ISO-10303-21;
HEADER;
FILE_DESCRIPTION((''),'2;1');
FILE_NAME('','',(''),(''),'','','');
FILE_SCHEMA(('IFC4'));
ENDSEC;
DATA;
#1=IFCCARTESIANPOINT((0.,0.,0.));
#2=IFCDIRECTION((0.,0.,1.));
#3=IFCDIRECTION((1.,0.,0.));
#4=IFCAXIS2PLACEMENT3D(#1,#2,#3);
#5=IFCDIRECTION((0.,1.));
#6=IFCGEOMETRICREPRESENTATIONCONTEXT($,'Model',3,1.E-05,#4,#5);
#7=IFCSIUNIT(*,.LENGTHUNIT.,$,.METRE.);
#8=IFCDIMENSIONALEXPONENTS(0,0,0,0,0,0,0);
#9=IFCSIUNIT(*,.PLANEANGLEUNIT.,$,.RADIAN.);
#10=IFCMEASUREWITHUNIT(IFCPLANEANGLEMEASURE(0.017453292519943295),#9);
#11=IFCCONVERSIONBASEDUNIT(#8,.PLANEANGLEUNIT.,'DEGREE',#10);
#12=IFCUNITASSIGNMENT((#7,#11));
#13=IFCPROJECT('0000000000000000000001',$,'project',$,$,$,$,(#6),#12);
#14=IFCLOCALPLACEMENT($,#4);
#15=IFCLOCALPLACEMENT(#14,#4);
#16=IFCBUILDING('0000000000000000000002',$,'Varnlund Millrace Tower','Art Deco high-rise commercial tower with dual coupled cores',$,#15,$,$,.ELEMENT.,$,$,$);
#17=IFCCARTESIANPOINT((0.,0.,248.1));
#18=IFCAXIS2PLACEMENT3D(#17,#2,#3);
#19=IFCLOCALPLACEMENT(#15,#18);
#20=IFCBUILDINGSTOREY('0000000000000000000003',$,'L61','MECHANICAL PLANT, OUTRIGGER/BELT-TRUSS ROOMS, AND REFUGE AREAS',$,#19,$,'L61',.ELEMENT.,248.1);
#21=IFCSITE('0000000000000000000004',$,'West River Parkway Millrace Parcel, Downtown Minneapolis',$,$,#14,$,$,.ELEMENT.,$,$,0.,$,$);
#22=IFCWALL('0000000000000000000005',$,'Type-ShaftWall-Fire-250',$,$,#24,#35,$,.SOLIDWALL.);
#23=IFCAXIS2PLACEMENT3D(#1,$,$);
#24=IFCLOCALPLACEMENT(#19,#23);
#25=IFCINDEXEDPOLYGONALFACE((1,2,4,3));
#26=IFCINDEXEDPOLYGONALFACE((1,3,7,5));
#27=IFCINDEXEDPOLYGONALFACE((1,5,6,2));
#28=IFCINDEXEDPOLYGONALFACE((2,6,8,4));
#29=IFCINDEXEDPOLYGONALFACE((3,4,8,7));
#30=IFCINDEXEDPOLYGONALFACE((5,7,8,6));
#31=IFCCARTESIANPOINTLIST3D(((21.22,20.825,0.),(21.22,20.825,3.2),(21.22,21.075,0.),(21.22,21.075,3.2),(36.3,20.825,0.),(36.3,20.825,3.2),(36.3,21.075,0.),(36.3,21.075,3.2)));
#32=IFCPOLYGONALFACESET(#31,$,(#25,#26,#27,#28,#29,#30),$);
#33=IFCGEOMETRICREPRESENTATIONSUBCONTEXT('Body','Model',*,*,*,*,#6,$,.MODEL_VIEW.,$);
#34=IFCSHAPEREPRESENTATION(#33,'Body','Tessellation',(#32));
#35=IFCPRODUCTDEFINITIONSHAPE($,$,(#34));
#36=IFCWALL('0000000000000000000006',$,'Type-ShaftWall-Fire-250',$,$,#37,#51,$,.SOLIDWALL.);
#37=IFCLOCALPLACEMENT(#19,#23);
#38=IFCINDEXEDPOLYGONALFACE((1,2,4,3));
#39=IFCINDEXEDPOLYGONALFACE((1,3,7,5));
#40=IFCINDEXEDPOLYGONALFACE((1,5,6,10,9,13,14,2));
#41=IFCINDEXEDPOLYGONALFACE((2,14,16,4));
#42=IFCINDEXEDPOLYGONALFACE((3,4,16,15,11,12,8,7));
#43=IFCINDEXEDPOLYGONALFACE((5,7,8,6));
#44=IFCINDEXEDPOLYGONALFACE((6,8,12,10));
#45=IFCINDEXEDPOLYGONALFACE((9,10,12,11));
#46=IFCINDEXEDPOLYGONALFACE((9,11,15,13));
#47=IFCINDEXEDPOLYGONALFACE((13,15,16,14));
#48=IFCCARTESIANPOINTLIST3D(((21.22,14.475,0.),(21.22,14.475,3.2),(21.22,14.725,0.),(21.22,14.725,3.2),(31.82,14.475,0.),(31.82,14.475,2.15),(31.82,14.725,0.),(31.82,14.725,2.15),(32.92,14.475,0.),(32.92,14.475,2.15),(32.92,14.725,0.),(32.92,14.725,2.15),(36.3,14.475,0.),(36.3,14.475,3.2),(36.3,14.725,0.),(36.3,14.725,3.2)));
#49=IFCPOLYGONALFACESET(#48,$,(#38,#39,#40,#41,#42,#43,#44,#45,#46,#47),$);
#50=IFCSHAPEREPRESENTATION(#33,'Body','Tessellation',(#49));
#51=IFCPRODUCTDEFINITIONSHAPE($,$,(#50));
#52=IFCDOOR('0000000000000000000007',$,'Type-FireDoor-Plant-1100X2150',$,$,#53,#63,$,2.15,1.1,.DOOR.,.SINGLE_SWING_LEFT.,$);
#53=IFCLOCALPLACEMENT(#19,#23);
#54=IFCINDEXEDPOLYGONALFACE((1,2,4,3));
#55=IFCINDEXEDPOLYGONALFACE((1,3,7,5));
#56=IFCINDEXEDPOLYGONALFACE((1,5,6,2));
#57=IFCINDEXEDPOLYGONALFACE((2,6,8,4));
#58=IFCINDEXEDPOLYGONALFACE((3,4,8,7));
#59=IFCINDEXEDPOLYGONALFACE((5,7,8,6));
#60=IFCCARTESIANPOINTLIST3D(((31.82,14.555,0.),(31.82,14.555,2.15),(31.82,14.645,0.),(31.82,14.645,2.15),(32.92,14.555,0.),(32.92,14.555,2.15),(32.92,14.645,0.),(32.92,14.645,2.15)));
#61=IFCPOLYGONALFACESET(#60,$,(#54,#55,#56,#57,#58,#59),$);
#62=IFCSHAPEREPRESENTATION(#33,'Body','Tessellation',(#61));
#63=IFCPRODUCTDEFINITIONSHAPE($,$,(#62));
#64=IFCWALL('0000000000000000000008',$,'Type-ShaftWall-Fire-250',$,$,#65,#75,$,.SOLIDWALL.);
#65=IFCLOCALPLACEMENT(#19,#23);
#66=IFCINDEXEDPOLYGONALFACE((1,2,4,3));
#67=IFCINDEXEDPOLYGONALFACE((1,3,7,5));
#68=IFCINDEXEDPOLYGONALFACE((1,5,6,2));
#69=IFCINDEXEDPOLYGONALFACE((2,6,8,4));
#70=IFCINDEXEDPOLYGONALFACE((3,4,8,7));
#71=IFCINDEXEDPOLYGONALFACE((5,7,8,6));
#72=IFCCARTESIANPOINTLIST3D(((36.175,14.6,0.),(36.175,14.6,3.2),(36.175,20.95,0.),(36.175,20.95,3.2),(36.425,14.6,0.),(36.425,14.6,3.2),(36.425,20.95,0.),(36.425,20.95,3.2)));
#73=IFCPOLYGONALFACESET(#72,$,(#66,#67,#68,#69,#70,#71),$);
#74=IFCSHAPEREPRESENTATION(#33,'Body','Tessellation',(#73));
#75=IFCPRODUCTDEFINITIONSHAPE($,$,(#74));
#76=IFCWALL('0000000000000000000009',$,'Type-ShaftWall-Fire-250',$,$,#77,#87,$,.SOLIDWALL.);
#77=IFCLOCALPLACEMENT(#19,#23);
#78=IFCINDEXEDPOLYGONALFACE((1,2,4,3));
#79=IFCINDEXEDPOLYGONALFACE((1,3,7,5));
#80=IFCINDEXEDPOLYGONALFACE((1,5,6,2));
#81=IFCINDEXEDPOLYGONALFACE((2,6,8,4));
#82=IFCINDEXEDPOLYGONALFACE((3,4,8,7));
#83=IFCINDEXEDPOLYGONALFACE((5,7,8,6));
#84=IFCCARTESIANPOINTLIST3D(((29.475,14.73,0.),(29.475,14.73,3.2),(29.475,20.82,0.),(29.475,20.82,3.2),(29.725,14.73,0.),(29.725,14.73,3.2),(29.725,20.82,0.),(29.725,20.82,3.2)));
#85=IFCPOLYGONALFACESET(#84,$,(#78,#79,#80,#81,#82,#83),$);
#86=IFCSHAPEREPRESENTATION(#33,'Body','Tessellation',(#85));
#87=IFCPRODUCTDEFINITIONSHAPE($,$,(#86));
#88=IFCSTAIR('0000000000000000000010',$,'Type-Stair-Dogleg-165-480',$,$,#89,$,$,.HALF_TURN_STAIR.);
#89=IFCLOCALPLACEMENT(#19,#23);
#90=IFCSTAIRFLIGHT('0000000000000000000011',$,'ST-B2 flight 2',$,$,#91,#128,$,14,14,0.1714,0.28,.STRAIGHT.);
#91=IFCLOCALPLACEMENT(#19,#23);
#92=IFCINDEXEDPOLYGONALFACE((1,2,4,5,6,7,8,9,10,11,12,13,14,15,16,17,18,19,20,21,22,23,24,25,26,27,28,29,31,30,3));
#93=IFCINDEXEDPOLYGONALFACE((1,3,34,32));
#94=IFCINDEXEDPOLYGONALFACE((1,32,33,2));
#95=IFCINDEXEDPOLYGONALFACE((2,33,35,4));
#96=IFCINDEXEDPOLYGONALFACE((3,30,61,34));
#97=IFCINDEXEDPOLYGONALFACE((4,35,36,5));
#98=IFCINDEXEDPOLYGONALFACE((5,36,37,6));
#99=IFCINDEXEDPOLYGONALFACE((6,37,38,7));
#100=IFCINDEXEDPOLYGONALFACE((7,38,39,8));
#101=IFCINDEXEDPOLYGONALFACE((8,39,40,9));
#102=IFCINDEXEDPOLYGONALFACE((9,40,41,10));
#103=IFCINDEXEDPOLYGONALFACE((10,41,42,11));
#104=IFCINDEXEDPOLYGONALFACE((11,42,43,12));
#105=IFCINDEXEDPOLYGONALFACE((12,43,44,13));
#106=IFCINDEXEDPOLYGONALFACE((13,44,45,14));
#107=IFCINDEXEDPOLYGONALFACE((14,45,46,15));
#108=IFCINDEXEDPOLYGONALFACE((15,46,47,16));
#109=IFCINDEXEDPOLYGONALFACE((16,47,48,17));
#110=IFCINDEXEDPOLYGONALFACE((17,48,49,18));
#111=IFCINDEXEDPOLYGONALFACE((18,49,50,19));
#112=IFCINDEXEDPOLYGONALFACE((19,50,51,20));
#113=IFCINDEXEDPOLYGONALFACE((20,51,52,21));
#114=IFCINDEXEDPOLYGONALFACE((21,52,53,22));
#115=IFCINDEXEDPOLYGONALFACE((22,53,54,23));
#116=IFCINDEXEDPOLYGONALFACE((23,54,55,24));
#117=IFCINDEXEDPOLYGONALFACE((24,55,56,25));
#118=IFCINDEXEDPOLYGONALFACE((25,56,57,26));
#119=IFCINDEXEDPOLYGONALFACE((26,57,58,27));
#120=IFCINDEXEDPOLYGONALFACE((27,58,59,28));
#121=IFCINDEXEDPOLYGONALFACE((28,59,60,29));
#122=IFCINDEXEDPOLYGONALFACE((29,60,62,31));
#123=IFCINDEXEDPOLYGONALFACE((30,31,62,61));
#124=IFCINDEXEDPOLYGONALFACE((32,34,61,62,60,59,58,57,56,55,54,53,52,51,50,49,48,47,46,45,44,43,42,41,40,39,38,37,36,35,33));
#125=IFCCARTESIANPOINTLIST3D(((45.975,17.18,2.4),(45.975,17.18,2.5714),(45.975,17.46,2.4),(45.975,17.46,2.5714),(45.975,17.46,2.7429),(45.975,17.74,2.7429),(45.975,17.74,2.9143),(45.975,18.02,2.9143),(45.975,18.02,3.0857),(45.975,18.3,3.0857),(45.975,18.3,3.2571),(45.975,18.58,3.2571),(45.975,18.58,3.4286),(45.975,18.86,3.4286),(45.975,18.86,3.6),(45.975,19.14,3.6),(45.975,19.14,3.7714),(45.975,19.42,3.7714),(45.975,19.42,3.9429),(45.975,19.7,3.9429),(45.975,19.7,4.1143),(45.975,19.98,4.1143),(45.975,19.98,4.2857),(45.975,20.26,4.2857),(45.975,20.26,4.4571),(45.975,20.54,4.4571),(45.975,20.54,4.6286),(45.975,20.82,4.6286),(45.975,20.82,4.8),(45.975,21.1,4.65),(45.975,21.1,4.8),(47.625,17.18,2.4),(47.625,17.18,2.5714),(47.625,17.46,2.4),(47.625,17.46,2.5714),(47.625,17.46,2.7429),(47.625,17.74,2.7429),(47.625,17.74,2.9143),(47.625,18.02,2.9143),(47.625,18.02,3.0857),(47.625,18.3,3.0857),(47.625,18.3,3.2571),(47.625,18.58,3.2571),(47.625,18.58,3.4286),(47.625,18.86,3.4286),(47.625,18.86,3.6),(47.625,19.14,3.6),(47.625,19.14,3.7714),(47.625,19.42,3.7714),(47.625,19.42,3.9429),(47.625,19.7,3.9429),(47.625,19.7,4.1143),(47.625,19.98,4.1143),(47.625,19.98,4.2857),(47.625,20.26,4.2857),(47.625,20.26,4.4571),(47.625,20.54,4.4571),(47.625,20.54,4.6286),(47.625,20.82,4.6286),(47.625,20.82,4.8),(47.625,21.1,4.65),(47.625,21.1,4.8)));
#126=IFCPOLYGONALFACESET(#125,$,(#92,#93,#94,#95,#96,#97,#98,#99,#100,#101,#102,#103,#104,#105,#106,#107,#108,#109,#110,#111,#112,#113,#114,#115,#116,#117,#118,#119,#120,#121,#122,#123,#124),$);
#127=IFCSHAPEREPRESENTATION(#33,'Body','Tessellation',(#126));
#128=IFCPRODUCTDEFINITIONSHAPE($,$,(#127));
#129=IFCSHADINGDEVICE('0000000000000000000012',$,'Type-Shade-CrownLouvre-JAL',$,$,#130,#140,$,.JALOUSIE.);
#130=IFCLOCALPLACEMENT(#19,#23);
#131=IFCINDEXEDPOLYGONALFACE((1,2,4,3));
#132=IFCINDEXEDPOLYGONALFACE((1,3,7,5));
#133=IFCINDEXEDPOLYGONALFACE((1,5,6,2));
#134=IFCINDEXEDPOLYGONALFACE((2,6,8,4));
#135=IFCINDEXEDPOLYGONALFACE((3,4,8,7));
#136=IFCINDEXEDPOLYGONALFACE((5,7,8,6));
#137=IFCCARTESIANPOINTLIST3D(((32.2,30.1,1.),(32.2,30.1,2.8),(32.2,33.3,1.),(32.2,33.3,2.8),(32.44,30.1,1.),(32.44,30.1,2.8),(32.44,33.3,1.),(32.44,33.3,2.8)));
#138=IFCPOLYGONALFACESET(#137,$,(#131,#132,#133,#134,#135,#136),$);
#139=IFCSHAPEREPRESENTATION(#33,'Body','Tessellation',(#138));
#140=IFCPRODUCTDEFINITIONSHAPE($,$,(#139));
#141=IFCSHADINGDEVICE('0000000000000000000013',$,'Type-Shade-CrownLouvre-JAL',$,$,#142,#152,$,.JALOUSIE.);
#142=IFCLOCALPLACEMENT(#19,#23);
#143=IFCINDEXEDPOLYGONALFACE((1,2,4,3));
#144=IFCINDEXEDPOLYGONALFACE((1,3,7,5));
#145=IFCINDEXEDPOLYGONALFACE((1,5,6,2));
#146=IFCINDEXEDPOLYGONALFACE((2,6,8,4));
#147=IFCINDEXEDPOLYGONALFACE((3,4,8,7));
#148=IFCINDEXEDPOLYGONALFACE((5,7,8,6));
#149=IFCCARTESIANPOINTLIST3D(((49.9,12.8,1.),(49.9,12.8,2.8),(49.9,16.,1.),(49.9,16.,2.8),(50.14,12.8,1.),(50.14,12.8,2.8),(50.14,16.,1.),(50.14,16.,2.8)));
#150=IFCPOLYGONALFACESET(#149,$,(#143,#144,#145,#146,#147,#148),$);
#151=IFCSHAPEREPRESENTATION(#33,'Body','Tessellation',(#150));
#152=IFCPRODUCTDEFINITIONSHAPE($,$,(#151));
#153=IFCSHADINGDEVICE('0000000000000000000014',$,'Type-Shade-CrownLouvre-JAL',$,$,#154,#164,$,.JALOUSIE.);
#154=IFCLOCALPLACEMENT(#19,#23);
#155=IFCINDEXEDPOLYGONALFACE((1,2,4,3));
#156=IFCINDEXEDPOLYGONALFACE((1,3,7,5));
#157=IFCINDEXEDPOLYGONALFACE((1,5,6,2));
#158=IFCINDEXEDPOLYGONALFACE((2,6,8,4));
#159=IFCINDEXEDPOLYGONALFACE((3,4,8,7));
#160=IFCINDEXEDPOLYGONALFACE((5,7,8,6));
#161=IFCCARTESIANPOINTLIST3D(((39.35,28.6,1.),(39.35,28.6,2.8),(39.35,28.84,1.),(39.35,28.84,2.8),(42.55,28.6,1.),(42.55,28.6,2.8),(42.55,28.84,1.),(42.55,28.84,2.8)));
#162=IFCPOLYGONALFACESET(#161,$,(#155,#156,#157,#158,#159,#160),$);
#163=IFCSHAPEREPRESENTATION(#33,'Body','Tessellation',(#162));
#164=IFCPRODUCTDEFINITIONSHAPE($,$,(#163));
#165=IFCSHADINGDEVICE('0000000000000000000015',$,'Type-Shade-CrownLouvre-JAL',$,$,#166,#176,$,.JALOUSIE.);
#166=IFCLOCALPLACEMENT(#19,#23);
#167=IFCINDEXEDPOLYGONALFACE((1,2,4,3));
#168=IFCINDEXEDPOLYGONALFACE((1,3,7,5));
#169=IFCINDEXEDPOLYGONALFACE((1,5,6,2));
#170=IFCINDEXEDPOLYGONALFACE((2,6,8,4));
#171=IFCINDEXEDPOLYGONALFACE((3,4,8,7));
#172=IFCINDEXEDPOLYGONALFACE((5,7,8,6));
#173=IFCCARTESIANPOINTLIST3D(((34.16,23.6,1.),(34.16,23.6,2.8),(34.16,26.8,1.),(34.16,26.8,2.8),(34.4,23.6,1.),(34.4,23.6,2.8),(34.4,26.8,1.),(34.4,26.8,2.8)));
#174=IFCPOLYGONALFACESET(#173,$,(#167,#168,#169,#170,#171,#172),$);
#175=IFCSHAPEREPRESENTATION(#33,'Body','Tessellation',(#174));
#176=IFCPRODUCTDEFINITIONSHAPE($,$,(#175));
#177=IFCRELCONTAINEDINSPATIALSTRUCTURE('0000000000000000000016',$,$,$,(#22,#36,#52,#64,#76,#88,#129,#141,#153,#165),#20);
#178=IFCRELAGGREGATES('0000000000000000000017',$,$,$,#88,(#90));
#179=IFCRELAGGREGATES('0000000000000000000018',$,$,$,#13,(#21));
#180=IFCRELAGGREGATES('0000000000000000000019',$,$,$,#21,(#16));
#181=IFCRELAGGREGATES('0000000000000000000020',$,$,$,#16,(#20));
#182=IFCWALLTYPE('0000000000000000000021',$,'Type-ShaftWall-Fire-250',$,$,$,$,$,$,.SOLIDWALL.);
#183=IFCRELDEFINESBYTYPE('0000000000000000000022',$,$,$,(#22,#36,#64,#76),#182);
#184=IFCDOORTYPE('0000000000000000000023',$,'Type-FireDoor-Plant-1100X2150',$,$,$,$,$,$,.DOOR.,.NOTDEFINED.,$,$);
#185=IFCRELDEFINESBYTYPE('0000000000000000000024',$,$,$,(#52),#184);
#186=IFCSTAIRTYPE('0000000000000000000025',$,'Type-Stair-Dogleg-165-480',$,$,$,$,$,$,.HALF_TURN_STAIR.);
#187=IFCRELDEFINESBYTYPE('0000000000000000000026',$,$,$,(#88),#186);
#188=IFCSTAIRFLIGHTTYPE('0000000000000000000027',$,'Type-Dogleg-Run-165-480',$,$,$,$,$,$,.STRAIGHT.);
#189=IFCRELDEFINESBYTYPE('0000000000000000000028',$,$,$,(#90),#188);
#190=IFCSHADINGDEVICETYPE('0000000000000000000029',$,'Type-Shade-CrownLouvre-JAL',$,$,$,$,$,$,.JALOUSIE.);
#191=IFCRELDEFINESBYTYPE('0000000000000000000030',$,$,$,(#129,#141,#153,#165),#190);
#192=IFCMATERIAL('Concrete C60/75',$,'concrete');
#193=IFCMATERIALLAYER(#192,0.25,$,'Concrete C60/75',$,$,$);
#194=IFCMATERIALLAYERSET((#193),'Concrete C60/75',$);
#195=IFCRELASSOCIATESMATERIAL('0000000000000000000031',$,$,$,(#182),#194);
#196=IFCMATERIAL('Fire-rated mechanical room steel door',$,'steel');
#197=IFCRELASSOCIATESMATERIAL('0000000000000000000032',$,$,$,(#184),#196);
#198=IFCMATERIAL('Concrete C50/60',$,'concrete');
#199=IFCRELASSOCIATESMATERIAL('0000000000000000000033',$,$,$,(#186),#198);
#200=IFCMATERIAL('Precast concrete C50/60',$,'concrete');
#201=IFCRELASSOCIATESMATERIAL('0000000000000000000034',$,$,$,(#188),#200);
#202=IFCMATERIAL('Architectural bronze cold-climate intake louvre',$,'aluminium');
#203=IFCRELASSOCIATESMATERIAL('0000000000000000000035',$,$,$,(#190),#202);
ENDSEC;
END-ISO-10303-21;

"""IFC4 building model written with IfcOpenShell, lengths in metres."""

from ifc_helpers import new_model, entity, si_unit, converted_unit, direction, frame, origin_with_axes, origin_2d_with_axis, place, context, subcontext, project, spatial, polyline, rectangle, outline, extrude, material, layer, layer_set, type_object, element, fill, aggregate, save


model = new_model("IFC4")

# Units and contexts
model_context = context("Model", 3, precision=1e-05, world=origin_with_axes(), true_north=direction((0.0, 1.0)))
body_context = subcontext(model_context, "Body", "Model", "MODEL_VIEW")
ifc_project = project(units=[si_unit("LENGTHUNIT", "METRE"), converted_unit("PLANEANGLEUNIT", "DEGREE", entity("IfcPlaneAngleMeasure", 0.017453292519943295), si_unit("PLANEANGLEUNIT", "RADIAN"), dimensions=[0, 0, 0, 0, 0, 0, 0])], contexts=[model_context])

# Site, building, storey
site_placement = place(None, origin_with_axes())
site = spatial("IfcSite", under=ifc_project, at=site_placement, Name="West River Parkway Millrace Parcel, Downtown Minneapolis", CompositionType="ELEMENT", RefElevation=0.0)
building_placement = place(site_placement, origin_with_axes())
building = spatial("IfcBuilding", under=site, at=building_placement, Name="Varnlund Millrace Tower", Description="Art Deco high-rise commercial tower with dual coupled cores", CompositionType="ELEMENT")
storey_placement = place(building_placement, frame((0.0, 0.0, 248.1), z_axis=(0.0, 0.0, 1.0), x_axis=(1.0, 0.0, 0.0)))
storey = spatial("IfcBuildingStorey", under=building, at=storey_placement, Name="L61", Description="MECHANICAL PLANT, OUTRIGGER/BELT-TRUSS ROOMS, AND REFUGE AREAS", LongName="L61", CompositionType="ELEMENT", Elevation=248.1)

# Wall
ifc_material_1 = material(Name="Precast concrete C50/60", Category="concrete")
ifc_material_2 = material(Name="Concrete C60/75", Category="concrete")
ifc_layer_1 = layer(ifc_material_2, 0.25, Name="Concrete C60/75")
ifc_layer_set_1 = layer_set([ifc_layer_1], Name="Concrete C60/75")
wall_type_1 = type_object("IfcWallType", Name="Type-ShaftWall-Fire-250", PredefinedType="SOLIDWALL", material=ifc_layer_set_1)
wall_1_placement = place(storey_placement, frame((21.22, 20.95, 0.0), z_axis=(0.0, 0.0, 1.0), x_axis=(1.0, 0.0, 0.0)))
element("IfcWall", 1, at=wall_1_placement, inside=storey, type_object=wall_type_1, Name="Type-ShaftWall-Fire-250", PredefinedType="SOLIDWALL", context=body_context, shape_type="SweptSolid", body=[
    extrude(outline(polyline([(0.0, -0.125), (15.08, -0.125), (15.08, 0.125), (0.0, 0.125), (0.0, -0.125)])), origin_with_axes(), (0.0, 0.0, 1.0), 3.2),
])

# Wall, opening, door
wall_2_placement = place(storey_placement, frame((21.22, 14.6, 0.0), z_axis=(0.0, 0.0, 1.0), x_axis=(1.0, 0.0, 0.0)))
wall_2 = element("IfcWall", 2, at=wall_2_placement, inside=storey, type_object=wall_type_1, Name="Type-ShaftWall-Fire-250", PredefinedType="SOLIDWALL", context=body_context, shape_type="SweptSolid", body=[
    extrude(outline(polyline([(0.0, -0.125), (15.08, -0.125), (15.08, 0.125), (0.0, 0.125), (0.0, -0.125)])), origin_with_axes(), (0.0, 0.0, 1.0), 3.2),
])
opening_placement = place(wall_2_placement, frame((11.15, 0.0, 0.0), z_axis=(0.0, 0.0, 1.0), x_axis=(1.0, 0.0, 0.0)))
opening = element("IfcOpeningElement", 3, at=opening_placement, cuts=wall_2, PredefinedType="OPENING", context=body_context, shape_type="SweptSolid", body=[
    extrude(rectangle(XDim=1.1, YDim=0.27, at=origin_2d_with_axis()), origin_with_axes(), (0.0, 0.0, 1.0), 2.15),
])
ifc_material_3 = material(Name="Fire-rated mechanical room steel door", Category="steel")
door_type = type_object("IfcDoorType", Name="Type-FireDoor-Plant-1100X2150", OperationType="NOTDEFINED", PredefinedType="DOOR", material=ifc_material_3)
door_placement = place(wall_2_placement, frame((11.15, 0.0, 0.0), z_axis=(0.0, 0.0, 1.0), x_axis=(1.0, 0.0, 0.0)))
door = element("IfcDoor", 4, at=door_placement, inside=storey, type_object=door_type, Name="Type-FireDoor-Plant-1100X2150", OperationType="SINGLE_SWING_LEFT", OverallHeight=2.15, OverallWidth=1.1, PredefinedType="DOOR", context=body_context, shape_type="SweptSolid", body=[
    extrude(rectangle(XDim=1.1, YDim=0.09, at=origin_2d_with_axis()), origin_with_axes(), (0.0, 0.0, 1.0), 2.15),
])
fill(opening, door)

# Walls
wall_3_placement = place(storey_placement, frame((36.3, 14.6, 0.0), z_axis=(0.0, 0.0, 1.0), x_axis=(0.0, 1.0, 0.0)))
element("IfcWall", 5, at=wall_3_placement, inside=storey, type_object=wall_type_1, Name="Type-ShaftWall-Fire-250", PredefinedType="SOLIDWALL", context=body_context, shape_type="SweptSolid", body=[
    extrude(outline(polyline([(0.0, -0.125), (6.35, -0.125), (6.35, 0.125), (0.0, 0.125), (0.0, -0.125)])), origin_with_axes(), (0.0, 0.0, 1.0), 3.2),
])
wall_4_placement = place(storey_placement, frame((29.6, 14.73, 0.0), z_axis=(0.0, 0.0, 1.0), x_axis=(0.0, 1.0, 0.0)))
element("IfcWall", 6, at=wall_4_placement, inside=storey, type_object=wall_type_1, Name="Type-ShaftWall-Fire-250", PredefinedType="SOLIDWALL", context=body_context, shape_type="SweptSolid", body=[
    extrude(outline(polyline([(0.0, -0.125), (6.09, -0.125), (6.09, 0.125), (0.0, 0.125), (0.0, -0.125)])), origin_with_axes(), (0.0, 0.0, 1.0), 3.2),
])

# Stair, stair flight
ifc_material_4 = material(Name="Concrete C50/60", Category="concrete")
stair_type = type_object("IfcStairType", Name="Type-Stair-Dogleg-165-480", PredefinedType="HALF_TURN_STAIR", material=ifc_material_4)
stair_placement = place(storey_placement, origin_with_axes())
stair = element("IfcStair", 7, at=stair_placement, inside=storey, type_object=stair_type, Name="Type-Stair-Dogleg-165-480", PredefinedType="HALF_TURN_STAIR")
stair_flight_type = type_object("IfcStairFlightType", Name="Type-Dogleg-Run-165-480", PredefinedType="STRAIGHT", material=ifc_material_1)
stair_flight_placement = place(storey_placement, frame((45.975, 17.18, 2.4), z_axis=(1.0, 0.0, 0.0), x_axis=(0.0, 1.0, 0.0)))
stair_flight = element("IfcStairFlight", 8, at=stair_flight_placement, type_object=stair_flight_type, Name="ST-B2 flight 2", NumberOfRisers=14, NumberOfTreads=14, PredefinedType="STRAIGHT", RiserHeight=0.1714, TreadLength=0.28, context=body_context, shape_type="SweptSolid", body=[
    extrude(outline(polyline([(0.0, 0.0), (0.0, 0.1714), (0.28, 0.1714), (0.28, 0.3429), (0.56, 0.3429), (0.56, 0.5143), (0.84, 0.5143), (0.84, 0.6857), (1.12, 0.6857), (1.12, 0.8571), (1.4, 0.8571), (1.4, 1.0286), (1.68, 1.0286), (1.68, 1.2), (1.96, 1.2), (1.96, 1.3714), (2.24, 1.3714), (2.24, 1.5429), (2.52, 1.5429), (2.52, 1.7143), (2.8, 1.7143), (2.8, 1.8857), (3.08, 1.8857), (3.08, 2.0571), (3.36, 2.0571), (3.36, 2.2286), (3.64, 2.2286), (3.64, 2.4), (3.92, 2.4), (3.92, 2.25), (0.28, 0.0), (0.0, 0.0)])), origin_with_axes(), (0.0, 0.0, 1.0), 1.65),
])
aggregate(stair, [stair_flight])

# Shading devices
ifc_material_5 = material(Name="Architectural bronze cold-climate intake louvre", Category="aluminium")
shading_device_type = type_object("IfcShadingDeviceType", Name="Type-Shade-CrownLouvre-JAL", PredefinedType="JALOUSIE", material=ifc_material_5)
for number, where, z_axis, x_axis, name in (
    (9, (32.32, 31.7, 1.0), (0.0, 0.0, 1.0), (0.0, 1.0, 0.0), "Type-Shade-CrownLouvre-JAL"),
    (10, (50.02, 14.4, 1.0), (0.0, 0.0, 1.0), (0.0, 1.0, 0.0), "Type-Shade-CrownLouvre-JAL"),
    (11, (40.95, 28.72, 1.0), (0.0, 0.0, 1.0), (1.0, 0.0, 0.0), "Type-Shade-CrownLouvre-JAL"),
    (12, (34.28, 25.2, 1.0), (0.0, 0.0, 1.0), (0.0, 1.0, 0.0), "Type-Shade-CrownLouvre-JAL"),
):
    element("IfcShadingDevice", number, at=place(storey_placement, frame(where, z_axis=z_axis, x_axis=x_axis)), inside=storey, type_object=shading_device_type, Name=name, PredefinedType="JALOUSIE", context=body_context, shape_type="SweptSolid", body=[
        extrude(rectangle(XDim=3.2, YDim=0.24, at=origin_2d_with_axis()), origin_with_axes(), (0.0, 0.0, 1.0), 1.8),
    ])

save(model, "model.ifc")
